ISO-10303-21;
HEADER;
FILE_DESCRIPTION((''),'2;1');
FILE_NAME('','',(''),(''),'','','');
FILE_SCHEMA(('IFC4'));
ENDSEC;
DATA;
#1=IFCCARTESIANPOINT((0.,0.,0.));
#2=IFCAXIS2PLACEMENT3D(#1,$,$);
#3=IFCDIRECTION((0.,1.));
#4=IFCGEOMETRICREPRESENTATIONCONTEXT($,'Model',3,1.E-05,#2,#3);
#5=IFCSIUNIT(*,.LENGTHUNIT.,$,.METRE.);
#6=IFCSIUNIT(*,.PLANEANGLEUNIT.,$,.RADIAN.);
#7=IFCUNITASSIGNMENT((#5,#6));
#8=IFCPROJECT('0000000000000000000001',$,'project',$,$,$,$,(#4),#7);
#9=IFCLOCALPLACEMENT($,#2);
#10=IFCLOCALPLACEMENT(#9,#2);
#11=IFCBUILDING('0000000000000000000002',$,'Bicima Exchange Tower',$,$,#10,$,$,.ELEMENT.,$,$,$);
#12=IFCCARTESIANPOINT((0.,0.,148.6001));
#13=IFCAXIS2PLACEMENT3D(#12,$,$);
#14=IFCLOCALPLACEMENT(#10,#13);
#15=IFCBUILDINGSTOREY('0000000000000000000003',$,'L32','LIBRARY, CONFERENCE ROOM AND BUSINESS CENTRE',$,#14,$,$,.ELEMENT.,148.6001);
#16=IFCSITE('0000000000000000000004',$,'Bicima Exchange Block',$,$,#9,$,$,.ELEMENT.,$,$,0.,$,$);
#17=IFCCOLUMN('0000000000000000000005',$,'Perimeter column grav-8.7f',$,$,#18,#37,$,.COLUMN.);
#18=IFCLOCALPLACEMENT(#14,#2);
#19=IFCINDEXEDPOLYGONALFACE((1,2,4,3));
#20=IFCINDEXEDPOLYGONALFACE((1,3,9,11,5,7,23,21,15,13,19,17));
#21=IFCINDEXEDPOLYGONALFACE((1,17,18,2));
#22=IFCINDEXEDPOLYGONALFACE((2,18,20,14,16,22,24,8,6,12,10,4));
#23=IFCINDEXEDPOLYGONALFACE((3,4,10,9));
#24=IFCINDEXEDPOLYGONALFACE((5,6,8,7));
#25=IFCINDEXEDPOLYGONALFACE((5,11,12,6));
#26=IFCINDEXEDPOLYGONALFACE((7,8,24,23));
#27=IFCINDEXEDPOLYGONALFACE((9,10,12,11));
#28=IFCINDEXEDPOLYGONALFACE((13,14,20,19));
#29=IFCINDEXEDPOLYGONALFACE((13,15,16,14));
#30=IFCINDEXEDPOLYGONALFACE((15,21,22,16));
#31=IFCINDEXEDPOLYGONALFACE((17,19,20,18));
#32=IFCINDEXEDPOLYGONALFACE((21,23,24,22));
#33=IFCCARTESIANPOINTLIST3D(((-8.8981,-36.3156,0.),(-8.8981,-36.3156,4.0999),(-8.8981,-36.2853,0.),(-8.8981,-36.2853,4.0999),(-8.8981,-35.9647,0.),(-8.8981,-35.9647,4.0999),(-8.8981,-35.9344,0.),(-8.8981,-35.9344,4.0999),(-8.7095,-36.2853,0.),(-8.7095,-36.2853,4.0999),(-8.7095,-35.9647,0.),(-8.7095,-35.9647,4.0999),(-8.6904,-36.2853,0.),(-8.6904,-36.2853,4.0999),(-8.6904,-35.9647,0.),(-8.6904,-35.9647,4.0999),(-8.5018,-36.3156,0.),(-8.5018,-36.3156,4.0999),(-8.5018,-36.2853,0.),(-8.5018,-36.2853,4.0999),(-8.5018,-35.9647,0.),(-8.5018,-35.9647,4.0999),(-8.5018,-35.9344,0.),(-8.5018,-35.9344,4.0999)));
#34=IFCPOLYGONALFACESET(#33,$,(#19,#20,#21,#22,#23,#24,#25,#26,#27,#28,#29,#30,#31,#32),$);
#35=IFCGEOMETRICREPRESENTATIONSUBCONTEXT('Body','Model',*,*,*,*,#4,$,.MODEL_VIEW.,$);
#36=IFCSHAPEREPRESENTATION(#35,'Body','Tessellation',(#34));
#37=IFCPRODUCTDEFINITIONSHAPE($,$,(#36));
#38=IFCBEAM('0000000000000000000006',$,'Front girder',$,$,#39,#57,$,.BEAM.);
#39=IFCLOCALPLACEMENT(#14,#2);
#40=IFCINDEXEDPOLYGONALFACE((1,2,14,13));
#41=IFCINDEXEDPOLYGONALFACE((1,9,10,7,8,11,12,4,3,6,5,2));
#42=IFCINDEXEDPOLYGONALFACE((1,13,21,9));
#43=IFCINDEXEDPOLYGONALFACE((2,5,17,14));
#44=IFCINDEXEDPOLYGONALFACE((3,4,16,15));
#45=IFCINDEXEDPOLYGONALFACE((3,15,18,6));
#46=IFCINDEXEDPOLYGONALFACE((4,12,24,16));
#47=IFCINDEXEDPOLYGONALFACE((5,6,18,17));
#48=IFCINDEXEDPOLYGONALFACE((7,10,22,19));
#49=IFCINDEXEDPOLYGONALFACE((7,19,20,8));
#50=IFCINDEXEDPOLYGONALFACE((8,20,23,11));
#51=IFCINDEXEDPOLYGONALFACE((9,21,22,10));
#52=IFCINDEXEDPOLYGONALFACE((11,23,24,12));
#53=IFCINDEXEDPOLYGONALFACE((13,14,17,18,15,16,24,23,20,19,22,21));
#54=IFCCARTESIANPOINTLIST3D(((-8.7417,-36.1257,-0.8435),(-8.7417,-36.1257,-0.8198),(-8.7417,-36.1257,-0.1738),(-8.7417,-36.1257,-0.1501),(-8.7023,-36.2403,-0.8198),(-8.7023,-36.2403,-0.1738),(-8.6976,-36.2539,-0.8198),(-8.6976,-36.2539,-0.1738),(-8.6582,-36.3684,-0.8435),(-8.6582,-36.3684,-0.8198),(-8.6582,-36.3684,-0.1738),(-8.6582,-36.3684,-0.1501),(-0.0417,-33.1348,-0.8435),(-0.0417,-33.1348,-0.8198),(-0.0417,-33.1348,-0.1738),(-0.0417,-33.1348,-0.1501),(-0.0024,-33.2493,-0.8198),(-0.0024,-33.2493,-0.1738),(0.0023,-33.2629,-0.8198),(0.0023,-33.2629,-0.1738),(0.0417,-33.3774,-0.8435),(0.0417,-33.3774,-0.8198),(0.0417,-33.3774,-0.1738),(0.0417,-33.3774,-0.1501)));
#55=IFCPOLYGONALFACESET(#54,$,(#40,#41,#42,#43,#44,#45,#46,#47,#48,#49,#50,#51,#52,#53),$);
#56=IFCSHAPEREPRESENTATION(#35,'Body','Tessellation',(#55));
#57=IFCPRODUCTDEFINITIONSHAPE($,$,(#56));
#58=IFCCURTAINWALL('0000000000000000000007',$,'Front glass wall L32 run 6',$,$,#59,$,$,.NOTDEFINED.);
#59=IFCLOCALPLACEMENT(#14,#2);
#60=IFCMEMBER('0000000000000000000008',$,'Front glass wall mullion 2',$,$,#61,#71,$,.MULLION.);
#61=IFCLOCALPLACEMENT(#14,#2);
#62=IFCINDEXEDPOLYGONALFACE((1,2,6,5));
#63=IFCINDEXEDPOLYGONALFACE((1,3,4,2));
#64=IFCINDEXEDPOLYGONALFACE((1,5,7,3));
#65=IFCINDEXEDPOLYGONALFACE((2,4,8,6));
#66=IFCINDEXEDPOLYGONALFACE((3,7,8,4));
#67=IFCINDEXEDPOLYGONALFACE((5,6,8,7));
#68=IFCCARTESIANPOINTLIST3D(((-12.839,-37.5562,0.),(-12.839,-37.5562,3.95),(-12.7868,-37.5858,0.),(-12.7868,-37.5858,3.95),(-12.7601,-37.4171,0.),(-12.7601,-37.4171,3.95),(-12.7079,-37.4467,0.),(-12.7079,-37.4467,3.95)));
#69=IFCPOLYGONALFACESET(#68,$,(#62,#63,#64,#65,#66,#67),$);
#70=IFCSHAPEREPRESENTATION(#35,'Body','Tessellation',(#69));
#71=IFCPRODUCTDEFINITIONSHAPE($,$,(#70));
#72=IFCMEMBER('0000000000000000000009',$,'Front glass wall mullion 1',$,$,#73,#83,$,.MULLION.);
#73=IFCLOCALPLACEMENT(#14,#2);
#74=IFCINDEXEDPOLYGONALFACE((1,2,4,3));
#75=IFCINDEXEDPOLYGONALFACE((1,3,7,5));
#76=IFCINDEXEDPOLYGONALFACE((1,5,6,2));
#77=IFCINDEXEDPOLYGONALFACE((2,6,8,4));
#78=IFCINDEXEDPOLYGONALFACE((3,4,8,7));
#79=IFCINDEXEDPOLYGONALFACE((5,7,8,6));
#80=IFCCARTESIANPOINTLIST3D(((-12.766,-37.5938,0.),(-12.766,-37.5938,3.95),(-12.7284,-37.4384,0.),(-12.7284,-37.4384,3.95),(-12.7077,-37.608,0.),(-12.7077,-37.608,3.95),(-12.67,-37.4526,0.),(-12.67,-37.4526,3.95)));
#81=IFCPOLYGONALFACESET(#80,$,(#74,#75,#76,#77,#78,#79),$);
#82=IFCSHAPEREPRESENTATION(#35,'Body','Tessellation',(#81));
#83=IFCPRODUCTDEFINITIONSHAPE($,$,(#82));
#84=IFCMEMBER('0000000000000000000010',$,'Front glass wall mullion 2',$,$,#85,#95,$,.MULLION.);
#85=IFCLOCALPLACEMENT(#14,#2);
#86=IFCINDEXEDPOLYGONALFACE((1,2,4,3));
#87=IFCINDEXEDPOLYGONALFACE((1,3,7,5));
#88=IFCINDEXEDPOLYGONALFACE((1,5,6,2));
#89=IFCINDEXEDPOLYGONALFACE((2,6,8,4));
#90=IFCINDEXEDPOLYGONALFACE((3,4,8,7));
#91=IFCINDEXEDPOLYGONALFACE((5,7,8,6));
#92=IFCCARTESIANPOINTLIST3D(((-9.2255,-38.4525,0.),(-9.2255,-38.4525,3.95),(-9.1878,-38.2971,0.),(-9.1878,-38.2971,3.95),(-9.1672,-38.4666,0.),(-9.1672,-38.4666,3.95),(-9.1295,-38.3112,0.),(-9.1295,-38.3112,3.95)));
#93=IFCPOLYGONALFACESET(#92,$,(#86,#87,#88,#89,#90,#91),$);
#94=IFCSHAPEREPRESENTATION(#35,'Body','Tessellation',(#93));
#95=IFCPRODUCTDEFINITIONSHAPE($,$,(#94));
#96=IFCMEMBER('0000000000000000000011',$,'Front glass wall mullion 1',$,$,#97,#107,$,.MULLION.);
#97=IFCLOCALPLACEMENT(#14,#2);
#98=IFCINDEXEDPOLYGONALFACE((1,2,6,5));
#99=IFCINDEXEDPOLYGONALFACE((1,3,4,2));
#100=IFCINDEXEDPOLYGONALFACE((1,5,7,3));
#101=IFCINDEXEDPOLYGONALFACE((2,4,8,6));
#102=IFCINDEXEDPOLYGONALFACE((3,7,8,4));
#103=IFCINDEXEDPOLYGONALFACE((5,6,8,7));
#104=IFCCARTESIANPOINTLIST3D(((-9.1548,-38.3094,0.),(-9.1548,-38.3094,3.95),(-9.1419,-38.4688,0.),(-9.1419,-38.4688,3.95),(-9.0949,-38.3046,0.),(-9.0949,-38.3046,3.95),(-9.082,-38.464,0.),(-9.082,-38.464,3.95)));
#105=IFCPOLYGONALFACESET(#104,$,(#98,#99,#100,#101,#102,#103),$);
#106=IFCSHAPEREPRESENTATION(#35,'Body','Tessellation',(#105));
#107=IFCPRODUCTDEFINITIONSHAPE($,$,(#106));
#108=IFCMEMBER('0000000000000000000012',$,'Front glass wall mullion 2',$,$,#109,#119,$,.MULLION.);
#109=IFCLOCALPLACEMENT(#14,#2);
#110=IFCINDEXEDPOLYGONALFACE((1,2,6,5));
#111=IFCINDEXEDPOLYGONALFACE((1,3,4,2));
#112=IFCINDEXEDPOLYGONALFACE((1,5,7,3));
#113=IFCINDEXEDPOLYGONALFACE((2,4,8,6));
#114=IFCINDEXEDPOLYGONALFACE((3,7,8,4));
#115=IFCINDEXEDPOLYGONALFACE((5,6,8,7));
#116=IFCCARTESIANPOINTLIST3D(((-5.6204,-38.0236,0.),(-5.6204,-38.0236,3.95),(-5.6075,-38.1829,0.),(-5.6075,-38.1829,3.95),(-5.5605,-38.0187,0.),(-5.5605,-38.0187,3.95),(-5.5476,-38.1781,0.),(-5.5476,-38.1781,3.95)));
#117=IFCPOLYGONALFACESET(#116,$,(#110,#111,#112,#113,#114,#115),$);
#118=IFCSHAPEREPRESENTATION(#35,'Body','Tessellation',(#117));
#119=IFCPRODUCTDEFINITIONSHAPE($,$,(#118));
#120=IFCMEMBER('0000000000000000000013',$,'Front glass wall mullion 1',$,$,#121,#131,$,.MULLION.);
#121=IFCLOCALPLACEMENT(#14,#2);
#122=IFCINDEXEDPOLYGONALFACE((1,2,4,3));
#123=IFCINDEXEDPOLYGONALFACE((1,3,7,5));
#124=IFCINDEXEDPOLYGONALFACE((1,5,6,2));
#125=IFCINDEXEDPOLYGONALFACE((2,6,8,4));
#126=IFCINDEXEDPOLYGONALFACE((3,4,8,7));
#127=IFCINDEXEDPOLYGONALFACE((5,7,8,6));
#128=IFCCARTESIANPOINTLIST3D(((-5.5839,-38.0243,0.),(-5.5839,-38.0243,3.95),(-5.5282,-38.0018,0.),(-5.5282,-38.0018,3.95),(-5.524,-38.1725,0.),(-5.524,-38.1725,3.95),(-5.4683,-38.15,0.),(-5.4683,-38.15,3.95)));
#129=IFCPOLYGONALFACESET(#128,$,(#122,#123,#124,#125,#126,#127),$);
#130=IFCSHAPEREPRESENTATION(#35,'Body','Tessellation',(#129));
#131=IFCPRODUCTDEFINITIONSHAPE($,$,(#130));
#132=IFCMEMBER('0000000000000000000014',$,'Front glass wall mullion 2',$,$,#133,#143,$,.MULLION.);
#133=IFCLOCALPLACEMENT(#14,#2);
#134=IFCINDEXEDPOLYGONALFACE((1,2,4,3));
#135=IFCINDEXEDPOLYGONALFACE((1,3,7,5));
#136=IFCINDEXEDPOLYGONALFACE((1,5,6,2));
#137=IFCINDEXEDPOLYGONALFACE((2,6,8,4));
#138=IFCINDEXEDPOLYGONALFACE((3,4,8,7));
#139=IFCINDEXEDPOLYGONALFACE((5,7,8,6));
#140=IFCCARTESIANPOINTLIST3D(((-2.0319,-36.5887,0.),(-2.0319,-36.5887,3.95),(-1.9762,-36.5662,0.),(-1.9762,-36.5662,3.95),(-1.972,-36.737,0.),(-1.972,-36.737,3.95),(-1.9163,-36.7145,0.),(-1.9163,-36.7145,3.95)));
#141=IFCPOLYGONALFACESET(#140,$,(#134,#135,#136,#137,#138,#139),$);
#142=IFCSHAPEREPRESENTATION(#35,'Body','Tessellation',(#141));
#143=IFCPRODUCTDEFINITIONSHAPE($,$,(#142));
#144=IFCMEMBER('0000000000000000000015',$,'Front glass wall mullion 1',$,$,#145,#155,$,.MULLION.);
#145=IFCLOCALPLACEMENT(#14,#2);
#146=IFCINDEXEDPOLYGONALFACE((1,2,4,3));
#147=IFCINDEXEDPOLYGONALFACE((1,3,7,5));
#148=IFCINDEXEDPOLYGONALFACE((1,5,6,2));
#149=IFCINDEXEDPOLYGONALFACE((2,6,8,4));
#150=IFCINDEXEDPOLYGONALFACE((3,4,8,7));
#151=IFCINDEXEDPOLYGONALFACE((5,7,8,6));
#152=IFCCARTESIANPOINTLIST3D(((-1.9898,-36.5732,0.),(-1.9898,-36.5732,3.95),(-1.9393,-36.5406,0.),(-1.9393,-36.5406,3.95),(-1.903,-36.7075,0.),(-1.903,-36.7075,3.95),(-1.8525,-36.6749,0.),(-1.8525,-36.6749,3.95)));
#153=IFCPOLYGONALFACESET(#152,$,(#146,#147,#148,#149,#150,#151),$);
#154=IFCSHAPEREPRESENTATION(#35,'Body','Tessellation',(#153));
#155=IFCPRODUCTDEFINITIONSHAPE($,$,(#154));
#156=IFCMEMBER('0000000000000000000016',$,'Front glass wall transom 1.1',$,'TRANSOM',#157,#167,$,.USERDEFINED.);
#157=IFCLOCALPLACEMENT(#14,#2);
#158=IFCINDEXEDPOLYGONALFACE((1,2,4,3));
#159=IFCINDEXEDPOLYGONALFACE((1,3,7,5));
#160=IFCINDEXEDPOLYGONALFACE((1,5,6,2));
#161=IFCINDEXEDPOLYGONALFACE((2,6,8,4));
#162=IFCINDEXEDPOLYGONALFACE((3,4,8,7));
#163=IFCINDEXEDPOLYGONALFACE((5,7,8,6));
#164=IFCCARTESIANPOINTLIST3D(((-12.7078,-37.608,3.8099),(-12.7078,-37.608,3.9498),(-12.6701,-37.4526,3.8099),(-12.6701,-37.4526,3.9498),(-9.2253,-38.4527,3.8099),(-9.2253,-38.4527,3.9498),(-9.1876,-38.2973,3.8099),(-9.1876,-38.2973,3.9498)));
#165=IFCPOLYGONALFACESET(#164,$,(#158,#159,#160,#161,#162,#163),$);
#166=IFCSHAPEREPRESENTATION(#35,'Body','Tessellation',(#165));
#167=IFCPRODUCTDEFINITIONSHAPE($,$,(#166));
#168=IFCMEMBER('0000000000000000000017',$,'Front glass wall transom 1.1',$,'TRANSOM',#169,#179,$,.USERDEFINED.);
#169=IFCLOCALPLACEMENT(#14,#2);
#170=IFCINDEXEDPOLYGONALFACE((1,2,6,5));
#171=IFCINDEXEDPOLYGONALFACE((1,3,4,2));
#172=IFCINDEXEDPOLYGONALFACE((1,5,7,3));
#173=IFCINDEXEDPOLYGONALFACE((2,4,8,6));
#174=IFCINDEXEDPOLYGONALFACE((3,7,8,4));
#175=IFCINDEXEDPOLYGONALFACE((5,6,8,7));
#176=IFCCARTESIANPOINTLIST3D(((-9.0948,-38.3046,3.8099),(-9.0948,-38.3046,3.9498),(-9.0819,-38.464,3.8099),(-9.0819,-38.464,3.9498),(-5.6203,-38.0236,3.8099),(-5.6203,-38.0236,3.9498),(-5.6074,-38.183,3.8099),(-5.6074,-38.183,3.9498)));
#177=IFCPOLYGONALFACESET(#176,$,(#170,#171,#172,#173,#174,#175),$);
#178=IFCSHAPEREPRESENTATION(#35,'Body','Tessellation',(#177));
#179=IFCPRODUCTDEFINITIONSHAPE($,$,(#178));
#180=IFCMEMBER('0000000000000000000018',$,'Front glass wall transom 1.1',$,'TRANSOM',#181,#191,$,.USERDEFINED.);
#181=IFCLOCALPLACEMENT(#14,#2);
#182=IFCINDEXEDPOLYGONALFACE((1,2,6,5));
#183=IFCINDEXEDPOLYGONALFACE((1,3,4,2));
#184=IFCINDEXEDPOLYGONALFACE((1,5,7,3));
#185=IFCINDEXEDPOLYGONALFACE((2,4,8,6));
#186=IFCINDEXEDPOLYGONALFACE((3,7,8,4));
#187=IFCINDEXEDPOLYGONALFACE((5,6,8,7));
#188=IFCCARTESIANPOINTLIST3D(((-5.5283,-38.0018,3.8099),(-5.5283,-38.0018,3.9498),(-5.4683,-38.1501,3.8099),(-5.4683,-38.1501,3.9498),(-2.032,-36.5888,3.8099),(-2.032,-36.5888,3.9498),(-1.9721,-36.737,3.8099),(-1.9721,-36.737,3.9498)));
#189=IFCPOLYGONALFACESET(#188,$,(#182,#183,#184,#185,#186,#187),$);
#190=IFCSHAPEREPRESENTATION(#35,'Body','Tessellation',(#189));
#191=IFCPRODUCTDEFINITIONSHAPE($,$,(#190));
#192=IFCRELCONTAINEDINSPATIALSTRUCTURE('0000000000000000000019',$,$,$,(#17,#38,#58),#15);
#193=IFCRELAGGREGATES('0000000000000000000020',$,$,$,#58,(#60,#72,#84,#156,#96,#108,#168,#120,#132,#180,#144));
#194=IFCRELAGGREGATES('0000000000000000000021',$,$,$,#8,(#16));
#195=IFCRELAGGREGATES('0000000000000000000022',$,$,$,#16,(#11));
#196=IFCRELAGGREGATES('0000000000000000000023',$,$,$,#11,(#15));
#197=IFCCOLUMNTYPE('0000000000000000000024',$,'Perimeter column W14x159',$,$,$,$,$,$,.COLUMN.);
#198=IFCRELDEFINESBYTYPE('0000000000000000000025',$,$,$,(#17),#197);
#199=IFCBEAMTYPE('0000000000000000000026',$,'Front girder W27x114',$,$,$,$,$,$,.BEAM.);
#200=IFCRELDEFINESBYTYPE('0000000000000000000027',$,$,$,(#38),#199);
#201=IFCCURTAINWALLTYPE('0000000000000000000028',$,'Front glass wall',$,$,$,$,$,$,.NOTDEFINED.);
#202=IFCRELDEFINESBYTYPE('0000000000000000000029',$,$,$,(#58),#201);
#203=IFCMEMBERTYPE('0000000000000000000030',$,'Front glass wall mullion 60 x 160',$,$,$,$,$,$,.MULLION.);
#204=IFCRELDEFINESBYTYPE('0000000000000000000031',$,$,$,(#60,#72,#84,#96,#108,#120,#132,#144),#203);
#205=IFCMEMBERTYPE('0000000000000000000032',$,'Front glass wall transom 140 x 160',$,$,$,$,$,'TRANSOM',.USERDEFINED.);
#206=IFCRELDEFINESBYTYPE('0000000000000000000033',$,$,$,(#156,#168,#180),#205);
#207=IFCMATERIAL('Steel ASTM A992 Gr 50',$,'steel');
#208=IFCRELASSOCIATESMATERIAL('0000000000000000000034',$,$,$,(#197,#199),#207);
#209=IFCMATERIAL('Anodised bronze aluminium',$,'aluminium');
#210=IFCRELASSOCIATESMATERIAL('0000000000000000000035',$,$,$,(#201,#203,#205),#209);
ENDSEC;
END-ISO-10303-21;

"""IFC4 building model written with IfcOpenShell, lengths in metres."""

from ifc_helpers import new_model, si_unit, direction, frame, origin, origin_2d, place, context, subcontext, project, spatial, rectangle, i_section, extrude, material, material_profile, profile_set, type_object, element, aggregate, save


model = new_model("IFC4")

# Units and contexts
model_context = context("Model", 3, precision=1e-05, world=origin(), true_north=direction((0.0, 1.0)))
body_context = subcontext(model_context, "Body", "Model", "MODEL_VIEW")
ifc_project = project(units=[si_unit("LENGTHUNIT", "METRE"), si_unit("PLANEANGLEUNIT", "RADIAN")], contexts=[model_context])

# Site, building, storey
site_placement = place(None, origin())
site = spatial("IfcSite", under=ifc_project, at=site_placement, Name="Bicima Exchange Block", CompositionType="ELEMENT", RefElevation=0.0)
building_placement = place(site_placement, origin())
building = spatial("IfcBuilding", under=site, at=building_placement, Name="Bicima Exchange Tower", CompositionType="ELEMENT")
storey_placement = place(building_placement, frame((0.0, 0.0, 148.6001)))
storey = spatial("IfcBuildingStorey", under=building, at=storey_placement, Name="L32", Description="LIBRARY, CONFERENCE ROOM AND BUSINESS CENTRE", CompositionType="ELEMENT", Elevation=148.6001)

# Column
ifc_material_1 = material(Name="Steel ASTM A992 Gr 50", Category="steel")
ifc_material_profile_1 = material_profile(ifc_material_1, i_section(OverallWidth=0.3962, OverallDepth=0.3811, WebThickness=0.019, FlangeThickness=0.0303, at=origin_2d()))
ifc_profile_set_1 = profile_set([ifc_material_profile_1], Name="Steel ASTM A992 Gr 50")
column_type = type_object("IfcColumnType", Name="Perimeter column W14x159", PredefinedType="COLUMN", material=ifc_profile_set_1)
column_placement = place(storey_placement, frame((-8.7, -36.125, 0.0), z_axis=(0.0, 0.0, 1.0), x_axis=(1.0, 0.0, 0.0)))
element("IfcColumn", 1, at=column_placement, inside=storey, type_object=column_type, Name="Perimeter column grav-8.7f", PredefinedType="COLUMN", context=body_context, shape_type="SweptSolid", body=[
    extrude(i_section(OverallWidth=0.3962, OverallDepth=0.3811, WebThickness=0.019, FlangeThickness=0.0303, at=origin_2d()), origin(), (0.0, 0.0, 1.0), 4.0999),
])

# Beam
ifc_material_profile_2 = material_profile(ifc_material_1, i_section(OverallWidth=0.2566, OverallDepth=0.6934, WebThickness=0.0144, FlangeThickness=0.0237, at=origin_2d()))
ifc_profile_set_2 = profile_set([ifc_material_profile_2], Name="Steel ASTM A992 Gr 50")
beam_type = type_object("IfcBeamType", Name="Front girder W27x114", PredefinedType="BEAM", material=ifc_profile_set_2)
beam_placement = place(storey_placement, frame((-8.7, -36.2471, -0.4968), z_axis=(0.945675, 0.325115, 0.0), x_axis=(-0.325115, 0.945675, 0.0)))
element("IfcBeam", 2, at=beam_placement, inside=storey, type_object=beam_type, Name="Front girder", PredefinedType="BEAM", context=body_context, shape_type="SweptSolid", body=[
    extrude(i_section(OverallWidth=0.2566, OverallDepth=0.6934, WebThickness=0.0144, FlangeThickness=0.0237, at=origin_2d()), origin(), (0.0, 0.0, 1.0), 9.1997),
])

# Curtain wall, members
ifc_material_2 = material(Name="Anodised bronze aluminium", Category="aluminium")
curtain_wall_type = type_object("IfcCurtainWallType", Name="Front glass wall", PredefinedType="NOTDEFINED", material=ifc_material_2)
curtain_wall_placement = place(storey_placement, origin())
curtain_wall = element("IfcCurtainWall", 3, at=curtain_wall_placement, inside=storey, type_object=curtain_wall_type, Name="Front glass wall L32 run 6", PredefinedType="NOTDEFINED")
ifc_material_profile_3 = material_profile(ifc_material_2, rectangle(XDim=0.1599, YDim=0.0601, at=origin_2d()))
ifc_profile_set_3 = profile_set([ifc_material_profile_3], Name="Anodised bronze aluminium")
member_type_1 = type_object("IfcMemberType", Name="Front glass wall mullion 60 x 160", PredefinedType="MULLION", material=ifc_profile_set_3)
member_1_placement = place(storey_placement, frame((-12.7734, -37.5015, 0.0), z_axis=(0.0, 0.0, 1.0), x_axis=(0.493395, 0.869805, 0.0)))
member_1 = element("IfcMember", 4, at=member_1_placement, type_object=member_type_1, Name="Front glass wall mullion 2", PredefinedType="MULLION", context=body_context, shape_type="SweptSolid", body=[
    extrude(rectangle(XDim=0.1599, YDim=0.0601, at=origin_2d()), origin(), (0.0, 0.0, 1.0), 3.95),
])
member_2_placement = place(storey_placement, frame((-12.718, -37.5232, 0.0), z_axis=(0.0, 0.0, 1.0), x_axis=(0.235682, 0.97183, 0.0)))
member_2 = element("IfcMember", 5, at=member_2_placement, type_object=member_type_1, Name="Front glass wall mullion 1", PredefinedType="MULLION", context=body_context, shape_type="SweptSolid", body=[
    extrude(rectangle(XDim=0.1599, YDim=0.0601, at=origin_2d()), origin(), (0.0, 0.0, 1.0), 3.95),
])
member_3_placement = place(storey_placement, frame((-9.1775, -38.3818, 0.0), z_axis=(0.0, 0.0, 1.0), x_axis=(0.235682, 0.97183, 0.0)))
member_3 = element("IfcMember", 6, at=member_3_placement, type_object=member_type_1, Name="Front glass wall mullion 2", PredefinedType="MULLION", context=body_context, shape_type="SweptSolid", body=[
    extrude(rectangle(XDim=0.1599, YDim=0.0601, at=origin_2d()), origin(), (0.0, 0.0, 1.0), 3.95),
])
member_4_placement = place(storey_placement, frame((-9.1184, -38.3867, 0.0), z_axis=(0.0, 0.0, 1.0), x_axis=(-0.080589, 0.996747, 0.0)))
member_4 = element("IfcMember", 7, at=member_4_placement, type_object=member_type_1, Name="Front glass wall mullion 1", PredefinedType="MULLION", context=body_context, shape_type="SweptSolid", body=[
    extrude(rectangle(XDim=0.1599, YDim=0.0601, at=origin_2d()), origin(), (0.0, 0.0, 1.0), 3.95),
])
member_5_placement = place(storey_placement, frame((-5.584, -38.1008, 0.0), z_axis=(0.0, 0.0, 1.0), x_axis=(-0.080589, 0.996747, 0.0)))
member_5 = element("IfcMember", 8, at=member_5_placement, type_object=member_type_1, Name="Front glass wall mullion 2", PredefinedType="MULLION", context=body_context, shape_type="SweptSolid", body=[
    extrude(rectangle(XDim=0.1599, YDim=0.0601, at=origin_2d()), origin(), (0.0, 0.0, 1.0), 3.95),
])
member_6_placement = place(storey_placement, frame((-5.5261, -38.0872, 0.0), z_axis=(0.0, 0.0, 1.0), x_axis=(-0.374705, 0.927144, 0.0)))
member_6 = element("IfcMember", 9, at=member_6_placement, type_object=member_type_1, Name="Front glass wall mullion 1", PredefinedType="MULLION", context=body_context, shape_type="SweptSolid", body=[
    extrude(rectangle(XDim=0.1599, YDim=0.0601, at=origin_2d()), origin(), (0.0, 0.0, 1.0), 3.95),
])
member_7_placement = place(storey_placement, frame((-1.9741, -36.6516, 0.0), z_axis=(0.0, 0.0, 1.0), x_axis=(-0.374705, 0.927144, 0.0)))
member_7 = element("IfcMember", 10, at=member_7_placement, type_object=member_type_1, Name="Front glass wall mullion 2", PredefinedType="MULLION", context=body_context, shape_type="SweptSolid", body=[
    extrude(rectangle(XDim=0.1599, YDim=0.0601, at=origin_2d()), origin(), (0.0, 0.0, 1.0), 3.95),
])
member_8_placement = place(storey_placement, frame((-1.9211, -36.624, 0.0), z_axis=(0.0, 0.0, 1.0), x_axis=(-0.542897, 0.839799, 0.0)))
member_8 = element("IfcMember", 11, at=member_8_placement, type_object=member_type_1, Name="Front glass wall mullion 1", PredefinedType="MULLION", context=body_context, shape_type="SweptSolid", body=[
    extrude(rectangle(XDim=0.1599, YDim=0.0601, at=origin_2d()), origin(), (0.0, 0.0, 1.0), 3.95),
])
ifc_material_profile_4 = material_profile(ifc_material_2, rectangle(XDim=0.1599, YDim=0.1399, at=origin_2d()))
ifc_profile_set_4 = profile_set([ifc_material_profile_4], Name="Anodised bronze aluminium")
member_type_2 = type_object("IfcMemberType", Name="Front glass wall transom 140 x 160", ElementType="TRANSOM", PredefinedType="USERDEFINED", material=ifc_profile_set_4)
member_9_placement = place(storey_placement, frame((-12.689, -37.5303, 3.8799), z_axis=(0.971818, -0.235733, 0.0), x_axis=(0.235733, 0.971818, 0.0)))
member_9 = element("IfcMember", 12, at=member_9_placement, type_object=member_type_2, Name="Front glass wall transom 1.1", ObjectType="TRANSOM", PredefinedType="USERDEFINED", context=body_context, shape_type="SweptSolid", body=[
    extrude(rectangle(XDim=0.1599, YDim=0.1399, at=origin_2d()), origin(), (0.0, 0.0, 1.0), 3.5835),
])
member_10_placement = place(storey_placement, frame((-9.0884, -38.3843, 3.8799), z_axis=(0.996746, 0.080611, 0.0), x_axis=(-0.080611, 0.996746, 0.0)))
member_10 = element("IfcMember", 13, at=member_10_placement, type_object=member_type_2, Name="Front glass wall transom 1.1", ObjectType="TRANSOM", PredefinedType="USERDEFINED", context=body_context, shape_type="SweptSolid", body=[
    extrude(rectangle(XDim=0.1599, YDim=0.1399, at=origin_2d()), origin(), (0.0, 0.0, 1.0), 3.4858),
])
member_11_placement = place(storey_placement, frame((-5.4983, -38.0759, 3.8799), z_axis=(0.92714, 0.374715, 0.0), x_axis=(-0.374715, 0.92714, 0.0)))
member_11 = element("IfcMember", 14, at=member_11_placement, type_object=member_type_2, Name="Front glass wall transom 1.1", ObjectType="TRANSOM", PredefinedType="USERDEFINED", context=body_context, shape_type="SweptSolid", body=[
    extrude(rectangle(XDim=0.1599, YDim=0.1399, at=origin_2d()), origin(), (0.0, 0.0, 1.0), 3.771),
])
aggregate(curtain_wall, [member_1, member_2, member_3, member_9, member_4, member_5, member_10, member_6, member_7, member_11, member_8])

save(model, "model.ifc")
